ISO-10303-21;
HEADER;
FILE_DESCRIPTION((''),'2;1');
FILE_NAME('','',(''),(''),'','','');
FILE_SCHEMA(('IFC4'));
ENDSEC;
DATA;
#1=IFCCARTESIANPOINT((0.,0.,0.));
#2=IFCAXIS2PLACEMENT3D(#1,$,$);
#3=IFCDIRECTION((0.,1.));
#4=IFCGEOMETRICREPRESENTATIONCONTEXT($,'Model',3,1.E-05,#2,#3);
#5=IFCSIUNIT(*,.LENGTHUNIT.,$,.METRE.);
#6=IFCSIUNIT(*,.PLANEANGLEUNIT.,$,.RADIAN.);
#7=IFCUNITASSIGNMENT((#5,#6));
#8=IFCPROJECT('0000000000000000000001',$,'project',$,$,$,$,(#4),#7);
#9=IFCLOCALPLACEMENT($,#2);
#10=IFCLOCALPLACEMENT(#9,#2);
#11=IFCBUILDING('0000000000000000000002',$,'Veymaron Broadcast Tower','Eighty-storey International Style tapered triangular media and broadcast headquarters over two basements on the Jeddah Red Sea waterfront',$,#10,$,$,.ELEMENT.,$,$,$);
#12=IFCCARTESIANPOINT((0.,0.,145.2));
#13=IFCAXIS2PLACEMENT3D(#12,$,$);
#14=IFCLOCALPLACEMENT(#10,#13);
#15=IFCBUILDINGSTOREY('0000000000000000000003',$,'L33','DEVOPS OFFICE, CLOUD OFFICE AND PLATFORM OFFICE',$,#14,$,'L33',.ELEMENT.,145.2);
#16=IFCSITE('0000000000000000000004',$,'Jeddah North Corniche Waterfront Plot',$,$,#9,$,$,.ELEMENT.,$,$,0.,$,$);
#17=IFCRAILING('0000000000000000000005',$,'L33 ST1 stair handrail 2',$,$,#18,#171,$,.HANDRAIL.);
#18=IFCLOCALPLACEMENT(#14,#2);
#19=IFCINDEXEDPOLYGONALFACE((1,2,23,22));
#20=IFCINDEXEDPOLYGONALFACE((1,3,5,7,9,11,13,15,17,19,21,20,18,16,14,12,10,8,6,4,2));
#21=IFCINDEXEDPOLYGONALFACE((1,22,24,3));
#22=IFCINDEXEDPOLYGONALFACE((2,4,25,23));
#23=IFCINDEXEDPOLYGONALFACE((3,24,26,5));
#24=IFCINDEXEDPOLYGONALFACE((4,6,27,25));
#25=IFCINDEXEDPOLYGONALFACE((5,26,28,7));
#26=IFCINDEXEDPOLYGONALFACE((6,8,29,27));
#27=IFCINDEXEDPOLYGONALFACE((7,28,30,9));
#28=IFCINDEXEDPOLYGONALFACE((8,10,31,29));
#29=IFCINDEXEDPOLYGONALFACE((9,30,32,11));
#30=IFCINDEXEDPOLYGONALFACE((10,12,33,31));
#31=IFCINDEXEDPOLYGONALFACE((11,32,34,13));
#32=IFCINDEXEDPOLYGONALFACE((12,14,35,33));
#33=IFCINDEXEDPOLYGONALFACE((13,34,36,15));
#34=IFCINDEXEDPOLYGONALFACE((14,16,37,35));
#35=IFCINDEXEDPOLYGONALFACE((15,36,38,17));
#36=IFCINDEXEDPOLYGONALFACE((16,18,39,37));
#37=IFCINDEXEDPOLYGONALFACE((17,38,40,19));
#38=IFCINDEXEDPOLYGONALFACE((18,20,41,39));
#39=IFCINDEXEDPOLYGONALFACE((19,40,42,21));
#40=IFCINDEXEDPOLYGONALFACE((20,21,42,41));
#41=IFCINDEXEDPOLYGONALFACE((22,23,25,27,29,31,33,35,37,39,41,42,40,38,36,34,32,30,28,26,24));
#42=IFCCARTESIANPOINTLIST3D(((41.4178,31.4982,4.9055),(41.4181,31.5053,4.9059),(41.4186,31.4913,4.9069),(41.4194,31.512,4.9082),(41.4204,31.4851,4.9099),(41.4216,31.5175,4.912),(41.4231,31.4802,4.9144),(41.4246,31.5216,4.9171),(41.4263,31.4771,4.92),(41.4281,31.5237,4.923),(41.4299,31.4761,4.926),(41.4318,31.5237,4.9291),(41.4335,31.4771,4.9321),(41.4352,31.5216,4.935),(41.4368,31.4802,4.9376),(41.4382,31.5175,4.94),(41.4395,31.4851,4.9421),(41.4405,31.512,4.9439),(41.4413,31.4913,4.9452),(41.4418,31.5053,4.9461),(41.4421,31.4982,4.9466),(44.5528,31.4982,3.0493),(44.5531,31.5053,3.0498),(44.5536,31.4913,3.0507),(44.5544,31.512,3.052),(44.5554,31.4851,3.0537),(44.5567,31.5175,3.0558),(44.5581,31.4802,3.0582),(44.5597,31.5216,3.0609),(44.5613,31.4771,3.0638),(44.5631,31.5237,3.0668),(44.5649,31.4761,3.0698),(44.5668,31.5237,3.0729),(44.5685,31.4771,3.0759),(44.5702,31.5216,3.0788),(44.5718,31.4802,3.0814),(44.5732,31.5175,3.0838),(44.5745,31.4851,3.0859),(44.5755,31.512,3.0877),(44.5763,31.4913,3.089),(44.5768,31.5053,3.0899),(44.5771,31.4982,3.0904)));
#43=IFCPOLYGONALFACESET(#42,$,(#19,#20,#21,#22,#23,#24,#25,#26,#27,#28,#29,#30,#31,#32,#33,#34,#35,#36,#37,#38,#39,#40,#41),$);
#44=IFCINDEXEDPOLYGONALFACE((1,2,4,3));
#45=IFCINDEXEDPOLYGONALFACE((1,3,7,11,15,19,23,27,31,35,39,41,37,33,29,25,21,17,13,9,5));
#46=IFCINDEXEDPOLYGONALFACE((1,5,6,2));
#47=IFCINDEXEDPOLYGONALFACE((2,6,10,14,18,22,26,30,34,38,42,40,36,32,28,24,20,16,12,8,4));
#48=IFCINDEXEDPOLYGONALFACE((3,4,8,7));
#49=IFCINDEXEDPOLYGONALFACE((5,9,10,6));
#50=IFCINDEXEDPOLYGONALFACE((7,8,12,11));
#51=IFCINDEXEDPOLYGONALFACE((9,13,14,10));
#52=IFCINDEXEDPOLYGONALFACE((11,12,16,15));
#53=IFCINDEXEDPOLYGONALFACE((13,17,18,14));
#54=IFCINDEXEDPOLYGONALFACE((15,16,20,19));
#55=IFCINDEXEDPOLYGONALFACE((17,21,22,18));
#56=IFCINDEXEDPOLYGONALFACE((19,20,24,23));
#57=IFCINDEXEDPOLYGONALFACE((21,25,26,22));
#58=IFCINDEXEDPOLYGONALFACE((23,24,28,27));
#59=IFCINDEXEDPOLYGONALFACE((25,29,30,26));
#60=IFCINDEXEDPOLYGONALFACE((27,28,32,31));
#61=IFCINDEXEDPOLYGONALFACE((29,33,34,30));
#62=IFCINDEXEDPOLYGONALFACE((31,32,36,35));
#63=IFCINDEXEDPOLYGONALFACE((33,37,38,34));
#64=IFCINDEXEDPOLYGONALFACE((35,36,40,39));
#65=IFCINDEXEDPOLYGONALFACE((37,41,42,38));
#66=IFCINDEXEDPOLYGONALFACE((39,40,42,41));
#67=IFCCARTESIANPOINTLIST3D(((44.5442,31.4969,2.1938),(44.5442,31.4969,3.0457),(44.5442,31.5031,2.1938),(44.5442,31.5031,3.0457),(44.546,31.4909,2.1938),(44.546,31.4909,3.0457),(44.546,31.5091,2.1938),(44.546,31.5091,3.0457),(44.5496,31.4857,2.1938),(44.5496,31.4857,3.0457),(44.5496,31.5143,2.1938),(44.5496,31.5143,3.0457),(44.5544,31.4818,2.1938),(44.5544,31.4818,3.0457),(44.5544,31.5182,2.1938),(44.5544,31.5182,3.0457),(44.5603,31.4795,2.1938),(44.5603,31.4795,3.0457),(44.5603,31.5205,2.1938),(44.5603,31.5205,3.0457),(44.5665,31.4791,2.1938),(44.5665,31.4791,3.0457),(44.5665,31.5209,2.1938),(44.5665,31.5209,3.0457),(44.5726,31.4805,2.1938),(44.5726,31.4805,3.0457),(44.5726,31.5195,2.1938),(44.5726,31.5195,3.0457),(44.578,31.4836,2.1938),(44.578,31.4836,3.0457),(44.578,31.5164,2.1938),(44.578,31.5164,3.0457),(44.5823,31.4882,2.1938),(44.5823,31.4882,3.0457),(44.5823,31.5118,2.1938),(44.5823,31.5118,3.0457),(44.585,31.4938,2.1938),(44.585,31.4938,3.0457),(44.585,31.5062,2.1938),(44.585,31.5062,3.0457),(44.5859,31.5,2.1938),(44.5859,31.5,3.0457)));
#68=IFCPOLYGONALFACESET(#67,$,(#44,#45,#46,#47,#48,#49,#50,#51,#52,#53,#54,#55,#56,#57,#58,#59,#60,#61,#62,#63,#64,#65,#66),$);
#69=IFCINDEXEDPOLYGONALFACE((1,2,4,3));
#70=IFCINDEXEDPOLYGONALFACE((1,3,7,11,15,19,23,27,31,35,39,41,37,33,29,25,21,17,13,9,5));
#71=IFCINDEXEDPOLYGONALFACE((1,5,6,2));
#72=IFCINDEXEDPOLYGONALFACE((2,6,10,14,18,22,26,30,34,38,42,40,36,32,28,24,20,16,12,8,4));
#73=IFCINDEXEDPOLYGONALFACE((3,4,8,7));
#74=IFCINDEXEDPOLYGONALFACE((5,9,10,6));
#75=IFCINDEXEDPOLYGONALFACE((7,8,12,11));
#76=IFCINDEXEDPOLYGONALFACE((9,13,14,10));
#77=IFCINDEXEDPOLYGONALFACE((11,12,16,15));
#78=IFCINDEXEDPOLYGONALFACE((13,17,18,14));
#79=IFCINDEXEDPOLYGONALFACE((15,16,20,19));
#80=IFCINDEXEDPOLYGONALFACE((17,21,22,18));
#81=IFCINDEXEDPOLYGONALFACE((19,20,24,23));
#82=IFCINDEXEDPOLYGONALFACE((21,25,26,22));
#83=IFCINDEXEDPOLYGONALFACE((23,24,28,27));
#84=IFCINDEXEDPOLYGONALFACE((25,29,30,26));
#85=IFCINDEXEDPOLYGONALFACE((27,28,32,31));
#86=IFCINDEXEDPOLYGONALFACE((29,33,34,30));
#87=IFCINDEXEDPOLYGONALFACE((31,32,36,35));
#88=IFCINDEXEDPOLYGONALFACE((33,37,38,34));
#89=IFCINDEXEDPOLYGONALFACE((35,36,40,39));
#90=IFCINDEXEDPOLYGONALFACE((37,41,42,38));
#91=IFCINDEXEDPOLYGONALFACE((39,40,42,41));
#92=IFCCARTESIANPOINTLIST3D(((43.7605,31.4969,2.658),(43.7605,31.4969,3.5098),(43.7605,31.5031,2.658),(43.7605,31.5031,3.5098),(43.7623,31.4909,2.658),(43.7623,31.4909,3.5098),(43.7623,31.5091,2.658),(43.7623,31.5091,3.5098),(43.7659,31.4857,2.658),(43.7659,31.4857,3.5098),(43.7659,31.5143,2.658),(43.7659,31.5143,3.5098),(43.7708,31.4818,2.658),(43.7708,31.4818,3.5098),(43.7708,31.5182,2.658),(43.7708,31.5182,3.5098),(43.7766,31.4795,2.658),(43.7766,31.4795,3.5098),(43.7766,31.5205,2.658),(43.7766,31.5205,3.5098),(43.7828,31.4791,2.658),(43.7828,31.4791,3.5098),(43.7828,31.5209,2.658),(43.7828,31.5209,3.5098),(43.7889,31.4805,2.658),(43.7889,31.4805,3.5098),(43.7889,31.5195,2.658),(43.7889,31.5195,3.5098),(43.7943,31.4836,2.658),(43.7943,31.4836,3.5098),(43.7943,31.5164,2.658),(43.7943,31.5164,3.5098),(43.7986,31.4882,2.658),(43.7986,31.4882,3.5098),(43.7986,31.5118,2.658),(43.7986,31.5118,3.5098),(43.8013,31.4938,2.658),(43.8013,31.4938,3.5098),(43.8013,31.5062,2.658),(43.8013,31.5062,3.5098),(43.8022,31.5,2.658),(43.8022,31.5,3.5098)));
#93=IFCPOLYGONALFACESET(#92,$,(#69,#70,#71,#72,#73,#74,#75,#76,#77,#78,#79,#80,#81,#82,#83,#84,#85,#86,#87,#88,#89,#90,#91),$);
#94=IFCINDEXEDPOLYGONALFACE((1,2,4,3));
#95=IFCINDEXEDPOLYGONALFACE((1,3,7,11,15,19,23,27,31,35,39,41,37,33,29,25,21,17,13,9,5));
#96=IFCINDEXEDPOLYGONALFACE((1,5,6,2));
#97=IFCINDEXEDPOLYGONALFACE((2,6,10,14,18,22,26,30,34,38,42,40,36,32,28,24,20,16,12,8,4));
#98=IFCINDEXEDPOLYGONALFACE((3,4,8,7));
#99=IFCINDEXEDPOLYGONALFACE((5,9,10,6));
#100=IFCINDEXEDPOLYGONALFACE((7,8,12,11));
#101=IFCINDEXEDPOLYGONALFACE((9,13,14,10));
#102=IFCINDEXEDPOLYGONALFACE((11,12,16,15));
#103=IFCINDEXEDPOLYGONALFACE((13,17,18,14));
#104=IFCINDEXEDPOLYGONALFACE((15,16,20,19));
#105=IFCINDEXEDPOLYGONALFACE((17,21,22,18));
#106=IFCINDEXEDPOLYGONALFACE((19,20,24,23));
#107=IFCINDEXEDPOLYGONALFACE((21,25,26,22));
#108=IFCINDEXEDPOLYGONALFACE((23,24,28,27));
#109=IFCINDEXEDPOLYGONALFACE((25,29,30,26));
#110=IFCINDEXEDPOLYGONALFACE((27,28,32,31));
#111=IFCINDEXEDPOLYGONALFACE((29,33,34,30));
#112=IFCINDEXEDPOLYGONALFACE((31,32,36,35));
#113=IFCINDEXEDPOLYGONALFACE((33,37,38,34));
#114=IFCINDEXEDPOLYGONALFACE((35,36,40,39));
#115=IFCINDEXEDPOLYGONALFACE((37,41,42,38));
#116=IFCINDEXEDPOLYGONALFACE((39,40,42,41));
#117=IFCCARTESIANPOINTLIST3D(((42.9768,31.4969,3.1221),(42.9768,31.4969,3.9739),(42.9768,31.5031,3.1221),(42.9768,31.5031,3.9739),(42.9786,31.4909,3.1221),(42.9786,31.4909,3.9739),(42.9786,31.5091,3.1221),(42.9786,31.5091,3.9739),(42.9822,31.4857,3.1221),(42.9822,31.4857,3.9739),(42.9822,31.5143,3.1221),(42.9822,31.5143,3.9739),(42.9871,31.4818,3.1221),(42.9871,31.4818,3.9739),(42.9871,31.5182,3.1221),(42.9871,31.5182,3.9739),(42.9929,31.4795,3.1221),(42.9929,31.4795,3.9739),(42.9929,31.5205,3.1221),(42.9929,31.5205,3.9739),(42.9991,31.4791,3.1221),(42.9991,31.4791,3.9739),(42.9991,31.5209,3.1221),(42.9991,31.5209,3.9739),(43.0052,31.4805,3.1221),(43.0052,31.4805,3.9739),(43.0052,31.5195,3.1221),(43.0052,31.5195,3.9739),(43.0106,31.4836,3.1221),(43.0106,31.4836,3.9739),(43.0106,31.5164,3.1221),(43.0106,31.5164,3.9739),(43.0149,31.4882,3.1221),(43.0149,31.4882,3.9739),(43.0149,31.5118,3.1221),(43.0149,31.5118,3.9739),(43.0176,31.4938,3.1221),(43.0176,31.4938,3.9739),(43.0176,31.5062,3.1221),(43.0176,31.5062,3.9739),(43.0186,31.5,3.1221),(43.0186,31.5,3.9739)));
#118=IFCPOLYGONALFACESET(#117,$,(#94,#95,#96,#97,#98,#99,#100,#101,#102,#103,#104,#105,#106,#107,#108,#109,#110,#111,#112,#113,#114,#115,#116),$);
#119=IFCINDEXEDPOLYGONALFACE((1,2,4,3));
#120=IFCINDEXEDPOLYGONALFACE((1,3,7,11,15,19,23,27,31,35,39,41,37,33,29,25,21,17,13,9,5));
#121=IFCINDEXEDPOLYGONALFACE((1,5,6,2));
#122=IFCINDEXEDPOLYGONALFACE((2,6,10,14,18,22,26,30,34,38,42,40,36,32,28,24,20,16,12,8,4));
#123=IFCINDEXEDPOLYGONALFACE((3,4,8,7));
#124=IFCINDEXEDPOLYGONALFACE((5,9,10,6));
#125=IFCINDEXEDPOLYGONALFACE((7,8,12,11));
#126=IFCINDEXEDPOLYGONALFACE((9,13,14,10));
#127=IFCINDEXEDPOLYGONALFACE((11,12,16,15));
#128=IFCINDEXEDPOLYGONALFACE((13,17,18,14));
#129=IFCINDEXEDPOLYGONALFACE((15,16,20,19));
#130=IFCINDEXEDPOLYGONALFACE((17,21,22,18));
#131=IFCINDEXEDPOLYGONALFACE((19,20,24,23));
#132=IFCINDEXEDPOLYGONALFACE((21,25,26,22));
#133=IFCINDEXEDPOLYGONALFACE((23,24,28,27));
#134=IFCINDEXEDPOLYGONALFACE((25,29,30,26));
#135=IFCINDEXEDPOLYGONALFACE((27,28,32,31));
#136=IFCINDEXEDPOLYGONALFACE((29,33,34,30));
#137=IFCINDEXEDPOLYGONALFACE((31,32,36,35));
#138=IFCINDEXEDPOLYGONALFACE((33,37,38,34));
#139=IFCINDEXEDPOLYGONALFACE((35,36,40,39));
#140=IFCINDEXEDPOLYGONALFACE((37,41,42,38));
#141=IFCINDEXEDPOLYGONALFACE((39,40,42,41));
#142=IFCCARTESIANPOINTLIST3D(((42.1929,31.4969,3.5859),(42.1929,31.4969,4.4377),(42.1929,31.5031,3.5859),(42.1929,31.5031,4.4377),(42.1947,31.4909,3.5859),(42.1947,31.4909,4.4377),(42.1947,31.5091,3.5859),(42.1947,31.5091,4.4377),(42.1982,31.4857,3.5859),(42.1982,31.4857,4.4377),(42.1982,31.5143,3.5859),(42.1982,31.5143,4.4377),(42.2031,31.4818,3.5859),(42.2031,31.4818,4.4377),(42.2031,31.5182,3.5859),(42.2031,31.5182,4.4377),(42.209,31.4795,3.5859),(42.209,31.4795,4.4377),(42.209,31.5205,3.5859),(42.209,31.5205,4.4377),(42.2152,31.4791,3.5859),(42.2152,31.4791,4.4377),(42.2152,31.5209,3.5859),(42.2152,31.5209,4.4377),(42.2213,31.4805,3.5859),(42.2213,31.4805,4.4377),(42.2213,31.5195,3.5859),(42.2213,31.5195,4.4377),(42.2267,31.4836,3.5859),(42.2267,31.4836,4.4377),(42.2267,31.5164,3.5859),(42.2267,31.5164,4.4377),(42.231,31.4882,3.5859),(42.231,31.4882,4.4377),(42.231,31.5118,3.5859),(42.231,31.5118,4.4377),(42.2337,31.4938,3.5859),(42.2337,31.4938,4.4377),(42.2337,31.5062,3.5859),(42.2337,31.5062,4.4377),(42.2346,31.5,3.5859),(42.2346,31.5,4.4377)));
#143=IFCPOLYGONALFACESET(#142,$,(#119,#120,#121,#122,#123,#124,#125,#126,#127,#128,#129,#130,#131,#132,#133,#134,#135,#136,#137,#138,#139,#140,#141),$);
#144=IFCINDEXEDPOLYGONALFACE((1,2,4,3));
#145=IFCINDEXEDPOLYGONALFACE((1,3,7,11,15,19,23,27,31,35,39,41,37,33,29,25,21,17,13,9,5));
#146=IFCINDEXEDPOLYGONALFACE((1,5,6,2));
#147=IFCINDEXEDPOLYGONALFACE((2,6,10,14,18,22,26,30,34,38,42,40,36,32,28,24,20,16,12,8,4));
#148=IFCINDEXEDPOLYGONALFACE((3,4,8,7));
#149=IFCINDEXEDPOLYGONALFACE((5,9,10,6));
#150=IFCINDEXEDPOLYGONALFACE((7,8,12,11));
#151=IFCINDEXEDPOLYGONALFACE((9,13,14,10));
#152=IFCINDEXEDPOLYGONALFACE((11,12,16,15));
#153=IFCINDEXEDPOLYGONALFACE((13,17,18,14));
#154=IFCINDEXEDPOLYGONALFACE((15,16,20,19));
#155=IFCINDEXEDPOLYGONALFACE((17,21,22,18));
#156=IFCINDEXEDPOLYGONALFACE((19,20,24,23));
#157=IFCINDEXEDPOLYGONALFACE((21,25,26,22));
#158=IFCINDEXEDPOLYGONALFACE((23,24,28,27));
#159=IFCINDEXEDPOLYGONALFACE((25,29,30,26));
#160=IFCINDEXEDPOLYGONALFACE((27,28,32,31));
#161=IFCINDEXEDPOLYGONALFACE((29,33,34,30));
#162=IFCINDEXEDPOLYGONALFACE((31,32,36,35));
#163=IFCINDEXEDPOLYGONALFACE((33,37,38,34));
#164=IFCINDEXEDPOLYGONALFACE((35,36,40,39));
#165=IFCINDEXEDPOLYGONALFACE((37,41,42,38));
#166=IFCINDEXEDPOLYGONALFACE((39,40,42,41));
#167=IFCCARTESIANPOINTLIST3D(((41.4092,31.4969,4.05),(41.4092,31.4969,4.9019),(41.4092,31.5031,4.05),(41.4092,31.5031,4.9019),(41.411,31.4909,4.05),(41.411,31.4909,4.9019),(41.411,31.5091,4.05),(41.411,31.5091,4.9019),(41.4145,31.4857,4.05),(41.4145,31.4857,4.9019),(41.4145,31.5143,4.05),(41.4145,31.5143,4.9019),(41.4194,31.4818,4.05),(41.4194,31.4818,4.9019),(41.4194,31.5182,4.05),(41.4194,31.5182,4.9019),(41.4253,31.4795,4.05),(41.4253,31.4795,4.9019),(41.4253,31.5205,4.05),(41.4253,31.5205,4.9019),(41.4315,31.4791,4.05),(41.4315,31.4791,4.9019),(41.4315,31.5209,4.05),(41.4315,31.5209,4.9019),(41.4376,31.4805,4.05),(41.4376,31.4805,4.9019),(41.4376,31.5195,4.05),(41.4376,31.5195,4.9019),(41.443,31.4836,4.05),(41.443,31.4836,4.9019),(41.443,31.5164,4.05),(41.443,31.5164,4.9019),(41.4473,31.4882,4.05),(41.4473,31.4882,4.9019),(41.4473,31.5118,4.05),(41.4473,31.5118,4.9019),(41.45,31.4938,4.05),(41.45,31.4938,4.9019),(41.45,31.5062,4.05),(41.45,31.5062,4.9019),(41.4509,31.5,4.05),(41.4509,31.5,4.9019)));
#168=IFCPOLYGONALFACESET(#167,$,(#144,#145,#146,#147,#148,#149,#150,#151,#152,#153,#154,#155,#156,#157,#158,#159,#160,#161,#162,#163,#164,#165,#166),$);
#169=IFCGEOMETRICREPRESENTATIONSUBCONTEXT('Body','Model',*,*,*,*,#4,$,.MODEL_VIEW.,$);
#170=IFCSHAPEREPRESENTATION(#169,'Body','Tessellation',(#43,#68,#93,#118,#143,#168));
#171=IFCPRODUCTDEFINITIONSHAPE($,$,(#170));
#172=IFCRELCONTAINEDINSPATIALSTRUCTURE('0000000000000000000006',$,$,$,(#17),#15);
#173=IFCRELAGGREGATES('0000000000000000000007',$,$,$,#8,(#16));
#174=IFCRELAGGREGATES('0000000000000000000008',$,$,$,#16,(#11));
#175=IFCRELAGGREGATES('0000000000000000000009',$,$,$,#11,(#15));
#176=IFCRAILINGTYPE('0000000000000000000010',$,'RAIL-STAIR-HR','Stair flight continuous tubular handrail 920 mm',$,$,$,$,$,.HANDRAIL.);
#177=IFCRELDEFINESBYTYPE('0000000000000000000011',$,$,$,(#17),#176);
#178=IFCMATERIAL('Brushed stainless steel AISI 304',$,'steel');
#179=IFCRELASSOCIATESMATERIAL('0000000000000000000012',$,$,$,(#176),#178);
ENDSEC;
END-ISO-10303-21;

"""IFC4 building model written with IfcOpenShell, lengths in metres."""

from ifc_helpers import new_model, si_unit, direction, frame, origin, origin_2d, place, context, subcontext, project, spatial, circle, extrude, material, type_object, element, save


model = new_model("IFC4")

# Units and contexts
model_context = context("Model", 3, precision=1e-05, world=origin(), true_north=direction((0.0, 1.0)))
body_context = subcontext(model_context, "Body", "Model", "MODEL_VIEW")
ifc_project = project(units=[si_unit("LENGTHUNIT", "METRE"), si_unit("PLANEANGLEUNIT", "RADIAN")], contexts=[model_context])

# Site, building, storey
site_placement = place(None, origin())
site = spatial("IfcSite", under=ifc_project, at=site_placement, Name="Jeddah North Corniche Waterfront Plot", CompositionType="ELEMENT", RefElevation=0.0)
building_placement = place(site_placement, origin())
building = spatial("IfcBuilding", under=site, at=building_placement, Name="Veymaron Broadcast Tower", Description="Eighty-storey International Style tapered triangular media and broadcast headquarters over two basements on the Jeddah Red Sea waterfront", CompositionType="ELEMENT")
storey_placement = place(building_placement, frame((0.0, 0.0, 145.2)))
storey = spatial("IfcBuildingStorey", under=building, at=storey_placement, Name="L33", Description="DEVOPS OFFICE, CLOUD OFFICE AND PLATFORM OFFICE", LongName="L33", CompositionType="ELEMENT", Elevation=145.2)

# Shared definitions
ifc_material_1 = material(Name="Brushed stainless steel AISI 304", Category="steel")

# Railing
railing_type_1 = type_object("IfcRailingType", Name="RAIL-STAIR-HR", Description="Stair flight continuous tubular handrail 920 mm", PredefinedType="HANDRAIL", material=ifc_material_1)
railing_1_placement = place(storey_placement, frame((44.5649, 31.5, 2.1938)))
element("IfcRailing", 1, at=railing_1_placement, inside=storey, type_object=railing_type_1, Name="L33 ST1 stair handrail 2", PredefinedType="HANDRAIL", context=body_context, shape_type="SweptSolid", body=[
    extrude(circle(Radius=0.0239, at=origin_2d()), frame((0.0, 0.0, 0.876), z_axis=(-0.860482, 0.0, 0.509481), x_axis=(0.0, -1.0, 0.0)), (0.0, 0.0, 1.0), 3.6433),
    extrude(circle(Radius=0.021, at=origin_2d()), origin(), (0.0, 0.0, 1.0), 0.8518),
    extrude(circle(Radius=0.021, at=origin_2d()), frame((-0.7837, 0.0, 0.4641)), (0.0, 0.0, 1.0), 0.8518),
    extrude(circle(Radius=0.021, at=origin_2d()), frame((-1.5674, 0.0, 0.9282)), (0.0, 0.0, 1.0), 0.8518),
    extrude(circle(Radius=0.021, at=origin_2d()), frame((-2.3513, 0.0, 1.3921)), (0.0, 0.0, 1.0), 0.8518),
    extrude(circle(Radius=0.021, at=origin_2d()), frame((-3.135, 0.0, 1.8562)), (0.0, 0.0, 1.0), 0.8518),
])

save(model, "model.ifc")
